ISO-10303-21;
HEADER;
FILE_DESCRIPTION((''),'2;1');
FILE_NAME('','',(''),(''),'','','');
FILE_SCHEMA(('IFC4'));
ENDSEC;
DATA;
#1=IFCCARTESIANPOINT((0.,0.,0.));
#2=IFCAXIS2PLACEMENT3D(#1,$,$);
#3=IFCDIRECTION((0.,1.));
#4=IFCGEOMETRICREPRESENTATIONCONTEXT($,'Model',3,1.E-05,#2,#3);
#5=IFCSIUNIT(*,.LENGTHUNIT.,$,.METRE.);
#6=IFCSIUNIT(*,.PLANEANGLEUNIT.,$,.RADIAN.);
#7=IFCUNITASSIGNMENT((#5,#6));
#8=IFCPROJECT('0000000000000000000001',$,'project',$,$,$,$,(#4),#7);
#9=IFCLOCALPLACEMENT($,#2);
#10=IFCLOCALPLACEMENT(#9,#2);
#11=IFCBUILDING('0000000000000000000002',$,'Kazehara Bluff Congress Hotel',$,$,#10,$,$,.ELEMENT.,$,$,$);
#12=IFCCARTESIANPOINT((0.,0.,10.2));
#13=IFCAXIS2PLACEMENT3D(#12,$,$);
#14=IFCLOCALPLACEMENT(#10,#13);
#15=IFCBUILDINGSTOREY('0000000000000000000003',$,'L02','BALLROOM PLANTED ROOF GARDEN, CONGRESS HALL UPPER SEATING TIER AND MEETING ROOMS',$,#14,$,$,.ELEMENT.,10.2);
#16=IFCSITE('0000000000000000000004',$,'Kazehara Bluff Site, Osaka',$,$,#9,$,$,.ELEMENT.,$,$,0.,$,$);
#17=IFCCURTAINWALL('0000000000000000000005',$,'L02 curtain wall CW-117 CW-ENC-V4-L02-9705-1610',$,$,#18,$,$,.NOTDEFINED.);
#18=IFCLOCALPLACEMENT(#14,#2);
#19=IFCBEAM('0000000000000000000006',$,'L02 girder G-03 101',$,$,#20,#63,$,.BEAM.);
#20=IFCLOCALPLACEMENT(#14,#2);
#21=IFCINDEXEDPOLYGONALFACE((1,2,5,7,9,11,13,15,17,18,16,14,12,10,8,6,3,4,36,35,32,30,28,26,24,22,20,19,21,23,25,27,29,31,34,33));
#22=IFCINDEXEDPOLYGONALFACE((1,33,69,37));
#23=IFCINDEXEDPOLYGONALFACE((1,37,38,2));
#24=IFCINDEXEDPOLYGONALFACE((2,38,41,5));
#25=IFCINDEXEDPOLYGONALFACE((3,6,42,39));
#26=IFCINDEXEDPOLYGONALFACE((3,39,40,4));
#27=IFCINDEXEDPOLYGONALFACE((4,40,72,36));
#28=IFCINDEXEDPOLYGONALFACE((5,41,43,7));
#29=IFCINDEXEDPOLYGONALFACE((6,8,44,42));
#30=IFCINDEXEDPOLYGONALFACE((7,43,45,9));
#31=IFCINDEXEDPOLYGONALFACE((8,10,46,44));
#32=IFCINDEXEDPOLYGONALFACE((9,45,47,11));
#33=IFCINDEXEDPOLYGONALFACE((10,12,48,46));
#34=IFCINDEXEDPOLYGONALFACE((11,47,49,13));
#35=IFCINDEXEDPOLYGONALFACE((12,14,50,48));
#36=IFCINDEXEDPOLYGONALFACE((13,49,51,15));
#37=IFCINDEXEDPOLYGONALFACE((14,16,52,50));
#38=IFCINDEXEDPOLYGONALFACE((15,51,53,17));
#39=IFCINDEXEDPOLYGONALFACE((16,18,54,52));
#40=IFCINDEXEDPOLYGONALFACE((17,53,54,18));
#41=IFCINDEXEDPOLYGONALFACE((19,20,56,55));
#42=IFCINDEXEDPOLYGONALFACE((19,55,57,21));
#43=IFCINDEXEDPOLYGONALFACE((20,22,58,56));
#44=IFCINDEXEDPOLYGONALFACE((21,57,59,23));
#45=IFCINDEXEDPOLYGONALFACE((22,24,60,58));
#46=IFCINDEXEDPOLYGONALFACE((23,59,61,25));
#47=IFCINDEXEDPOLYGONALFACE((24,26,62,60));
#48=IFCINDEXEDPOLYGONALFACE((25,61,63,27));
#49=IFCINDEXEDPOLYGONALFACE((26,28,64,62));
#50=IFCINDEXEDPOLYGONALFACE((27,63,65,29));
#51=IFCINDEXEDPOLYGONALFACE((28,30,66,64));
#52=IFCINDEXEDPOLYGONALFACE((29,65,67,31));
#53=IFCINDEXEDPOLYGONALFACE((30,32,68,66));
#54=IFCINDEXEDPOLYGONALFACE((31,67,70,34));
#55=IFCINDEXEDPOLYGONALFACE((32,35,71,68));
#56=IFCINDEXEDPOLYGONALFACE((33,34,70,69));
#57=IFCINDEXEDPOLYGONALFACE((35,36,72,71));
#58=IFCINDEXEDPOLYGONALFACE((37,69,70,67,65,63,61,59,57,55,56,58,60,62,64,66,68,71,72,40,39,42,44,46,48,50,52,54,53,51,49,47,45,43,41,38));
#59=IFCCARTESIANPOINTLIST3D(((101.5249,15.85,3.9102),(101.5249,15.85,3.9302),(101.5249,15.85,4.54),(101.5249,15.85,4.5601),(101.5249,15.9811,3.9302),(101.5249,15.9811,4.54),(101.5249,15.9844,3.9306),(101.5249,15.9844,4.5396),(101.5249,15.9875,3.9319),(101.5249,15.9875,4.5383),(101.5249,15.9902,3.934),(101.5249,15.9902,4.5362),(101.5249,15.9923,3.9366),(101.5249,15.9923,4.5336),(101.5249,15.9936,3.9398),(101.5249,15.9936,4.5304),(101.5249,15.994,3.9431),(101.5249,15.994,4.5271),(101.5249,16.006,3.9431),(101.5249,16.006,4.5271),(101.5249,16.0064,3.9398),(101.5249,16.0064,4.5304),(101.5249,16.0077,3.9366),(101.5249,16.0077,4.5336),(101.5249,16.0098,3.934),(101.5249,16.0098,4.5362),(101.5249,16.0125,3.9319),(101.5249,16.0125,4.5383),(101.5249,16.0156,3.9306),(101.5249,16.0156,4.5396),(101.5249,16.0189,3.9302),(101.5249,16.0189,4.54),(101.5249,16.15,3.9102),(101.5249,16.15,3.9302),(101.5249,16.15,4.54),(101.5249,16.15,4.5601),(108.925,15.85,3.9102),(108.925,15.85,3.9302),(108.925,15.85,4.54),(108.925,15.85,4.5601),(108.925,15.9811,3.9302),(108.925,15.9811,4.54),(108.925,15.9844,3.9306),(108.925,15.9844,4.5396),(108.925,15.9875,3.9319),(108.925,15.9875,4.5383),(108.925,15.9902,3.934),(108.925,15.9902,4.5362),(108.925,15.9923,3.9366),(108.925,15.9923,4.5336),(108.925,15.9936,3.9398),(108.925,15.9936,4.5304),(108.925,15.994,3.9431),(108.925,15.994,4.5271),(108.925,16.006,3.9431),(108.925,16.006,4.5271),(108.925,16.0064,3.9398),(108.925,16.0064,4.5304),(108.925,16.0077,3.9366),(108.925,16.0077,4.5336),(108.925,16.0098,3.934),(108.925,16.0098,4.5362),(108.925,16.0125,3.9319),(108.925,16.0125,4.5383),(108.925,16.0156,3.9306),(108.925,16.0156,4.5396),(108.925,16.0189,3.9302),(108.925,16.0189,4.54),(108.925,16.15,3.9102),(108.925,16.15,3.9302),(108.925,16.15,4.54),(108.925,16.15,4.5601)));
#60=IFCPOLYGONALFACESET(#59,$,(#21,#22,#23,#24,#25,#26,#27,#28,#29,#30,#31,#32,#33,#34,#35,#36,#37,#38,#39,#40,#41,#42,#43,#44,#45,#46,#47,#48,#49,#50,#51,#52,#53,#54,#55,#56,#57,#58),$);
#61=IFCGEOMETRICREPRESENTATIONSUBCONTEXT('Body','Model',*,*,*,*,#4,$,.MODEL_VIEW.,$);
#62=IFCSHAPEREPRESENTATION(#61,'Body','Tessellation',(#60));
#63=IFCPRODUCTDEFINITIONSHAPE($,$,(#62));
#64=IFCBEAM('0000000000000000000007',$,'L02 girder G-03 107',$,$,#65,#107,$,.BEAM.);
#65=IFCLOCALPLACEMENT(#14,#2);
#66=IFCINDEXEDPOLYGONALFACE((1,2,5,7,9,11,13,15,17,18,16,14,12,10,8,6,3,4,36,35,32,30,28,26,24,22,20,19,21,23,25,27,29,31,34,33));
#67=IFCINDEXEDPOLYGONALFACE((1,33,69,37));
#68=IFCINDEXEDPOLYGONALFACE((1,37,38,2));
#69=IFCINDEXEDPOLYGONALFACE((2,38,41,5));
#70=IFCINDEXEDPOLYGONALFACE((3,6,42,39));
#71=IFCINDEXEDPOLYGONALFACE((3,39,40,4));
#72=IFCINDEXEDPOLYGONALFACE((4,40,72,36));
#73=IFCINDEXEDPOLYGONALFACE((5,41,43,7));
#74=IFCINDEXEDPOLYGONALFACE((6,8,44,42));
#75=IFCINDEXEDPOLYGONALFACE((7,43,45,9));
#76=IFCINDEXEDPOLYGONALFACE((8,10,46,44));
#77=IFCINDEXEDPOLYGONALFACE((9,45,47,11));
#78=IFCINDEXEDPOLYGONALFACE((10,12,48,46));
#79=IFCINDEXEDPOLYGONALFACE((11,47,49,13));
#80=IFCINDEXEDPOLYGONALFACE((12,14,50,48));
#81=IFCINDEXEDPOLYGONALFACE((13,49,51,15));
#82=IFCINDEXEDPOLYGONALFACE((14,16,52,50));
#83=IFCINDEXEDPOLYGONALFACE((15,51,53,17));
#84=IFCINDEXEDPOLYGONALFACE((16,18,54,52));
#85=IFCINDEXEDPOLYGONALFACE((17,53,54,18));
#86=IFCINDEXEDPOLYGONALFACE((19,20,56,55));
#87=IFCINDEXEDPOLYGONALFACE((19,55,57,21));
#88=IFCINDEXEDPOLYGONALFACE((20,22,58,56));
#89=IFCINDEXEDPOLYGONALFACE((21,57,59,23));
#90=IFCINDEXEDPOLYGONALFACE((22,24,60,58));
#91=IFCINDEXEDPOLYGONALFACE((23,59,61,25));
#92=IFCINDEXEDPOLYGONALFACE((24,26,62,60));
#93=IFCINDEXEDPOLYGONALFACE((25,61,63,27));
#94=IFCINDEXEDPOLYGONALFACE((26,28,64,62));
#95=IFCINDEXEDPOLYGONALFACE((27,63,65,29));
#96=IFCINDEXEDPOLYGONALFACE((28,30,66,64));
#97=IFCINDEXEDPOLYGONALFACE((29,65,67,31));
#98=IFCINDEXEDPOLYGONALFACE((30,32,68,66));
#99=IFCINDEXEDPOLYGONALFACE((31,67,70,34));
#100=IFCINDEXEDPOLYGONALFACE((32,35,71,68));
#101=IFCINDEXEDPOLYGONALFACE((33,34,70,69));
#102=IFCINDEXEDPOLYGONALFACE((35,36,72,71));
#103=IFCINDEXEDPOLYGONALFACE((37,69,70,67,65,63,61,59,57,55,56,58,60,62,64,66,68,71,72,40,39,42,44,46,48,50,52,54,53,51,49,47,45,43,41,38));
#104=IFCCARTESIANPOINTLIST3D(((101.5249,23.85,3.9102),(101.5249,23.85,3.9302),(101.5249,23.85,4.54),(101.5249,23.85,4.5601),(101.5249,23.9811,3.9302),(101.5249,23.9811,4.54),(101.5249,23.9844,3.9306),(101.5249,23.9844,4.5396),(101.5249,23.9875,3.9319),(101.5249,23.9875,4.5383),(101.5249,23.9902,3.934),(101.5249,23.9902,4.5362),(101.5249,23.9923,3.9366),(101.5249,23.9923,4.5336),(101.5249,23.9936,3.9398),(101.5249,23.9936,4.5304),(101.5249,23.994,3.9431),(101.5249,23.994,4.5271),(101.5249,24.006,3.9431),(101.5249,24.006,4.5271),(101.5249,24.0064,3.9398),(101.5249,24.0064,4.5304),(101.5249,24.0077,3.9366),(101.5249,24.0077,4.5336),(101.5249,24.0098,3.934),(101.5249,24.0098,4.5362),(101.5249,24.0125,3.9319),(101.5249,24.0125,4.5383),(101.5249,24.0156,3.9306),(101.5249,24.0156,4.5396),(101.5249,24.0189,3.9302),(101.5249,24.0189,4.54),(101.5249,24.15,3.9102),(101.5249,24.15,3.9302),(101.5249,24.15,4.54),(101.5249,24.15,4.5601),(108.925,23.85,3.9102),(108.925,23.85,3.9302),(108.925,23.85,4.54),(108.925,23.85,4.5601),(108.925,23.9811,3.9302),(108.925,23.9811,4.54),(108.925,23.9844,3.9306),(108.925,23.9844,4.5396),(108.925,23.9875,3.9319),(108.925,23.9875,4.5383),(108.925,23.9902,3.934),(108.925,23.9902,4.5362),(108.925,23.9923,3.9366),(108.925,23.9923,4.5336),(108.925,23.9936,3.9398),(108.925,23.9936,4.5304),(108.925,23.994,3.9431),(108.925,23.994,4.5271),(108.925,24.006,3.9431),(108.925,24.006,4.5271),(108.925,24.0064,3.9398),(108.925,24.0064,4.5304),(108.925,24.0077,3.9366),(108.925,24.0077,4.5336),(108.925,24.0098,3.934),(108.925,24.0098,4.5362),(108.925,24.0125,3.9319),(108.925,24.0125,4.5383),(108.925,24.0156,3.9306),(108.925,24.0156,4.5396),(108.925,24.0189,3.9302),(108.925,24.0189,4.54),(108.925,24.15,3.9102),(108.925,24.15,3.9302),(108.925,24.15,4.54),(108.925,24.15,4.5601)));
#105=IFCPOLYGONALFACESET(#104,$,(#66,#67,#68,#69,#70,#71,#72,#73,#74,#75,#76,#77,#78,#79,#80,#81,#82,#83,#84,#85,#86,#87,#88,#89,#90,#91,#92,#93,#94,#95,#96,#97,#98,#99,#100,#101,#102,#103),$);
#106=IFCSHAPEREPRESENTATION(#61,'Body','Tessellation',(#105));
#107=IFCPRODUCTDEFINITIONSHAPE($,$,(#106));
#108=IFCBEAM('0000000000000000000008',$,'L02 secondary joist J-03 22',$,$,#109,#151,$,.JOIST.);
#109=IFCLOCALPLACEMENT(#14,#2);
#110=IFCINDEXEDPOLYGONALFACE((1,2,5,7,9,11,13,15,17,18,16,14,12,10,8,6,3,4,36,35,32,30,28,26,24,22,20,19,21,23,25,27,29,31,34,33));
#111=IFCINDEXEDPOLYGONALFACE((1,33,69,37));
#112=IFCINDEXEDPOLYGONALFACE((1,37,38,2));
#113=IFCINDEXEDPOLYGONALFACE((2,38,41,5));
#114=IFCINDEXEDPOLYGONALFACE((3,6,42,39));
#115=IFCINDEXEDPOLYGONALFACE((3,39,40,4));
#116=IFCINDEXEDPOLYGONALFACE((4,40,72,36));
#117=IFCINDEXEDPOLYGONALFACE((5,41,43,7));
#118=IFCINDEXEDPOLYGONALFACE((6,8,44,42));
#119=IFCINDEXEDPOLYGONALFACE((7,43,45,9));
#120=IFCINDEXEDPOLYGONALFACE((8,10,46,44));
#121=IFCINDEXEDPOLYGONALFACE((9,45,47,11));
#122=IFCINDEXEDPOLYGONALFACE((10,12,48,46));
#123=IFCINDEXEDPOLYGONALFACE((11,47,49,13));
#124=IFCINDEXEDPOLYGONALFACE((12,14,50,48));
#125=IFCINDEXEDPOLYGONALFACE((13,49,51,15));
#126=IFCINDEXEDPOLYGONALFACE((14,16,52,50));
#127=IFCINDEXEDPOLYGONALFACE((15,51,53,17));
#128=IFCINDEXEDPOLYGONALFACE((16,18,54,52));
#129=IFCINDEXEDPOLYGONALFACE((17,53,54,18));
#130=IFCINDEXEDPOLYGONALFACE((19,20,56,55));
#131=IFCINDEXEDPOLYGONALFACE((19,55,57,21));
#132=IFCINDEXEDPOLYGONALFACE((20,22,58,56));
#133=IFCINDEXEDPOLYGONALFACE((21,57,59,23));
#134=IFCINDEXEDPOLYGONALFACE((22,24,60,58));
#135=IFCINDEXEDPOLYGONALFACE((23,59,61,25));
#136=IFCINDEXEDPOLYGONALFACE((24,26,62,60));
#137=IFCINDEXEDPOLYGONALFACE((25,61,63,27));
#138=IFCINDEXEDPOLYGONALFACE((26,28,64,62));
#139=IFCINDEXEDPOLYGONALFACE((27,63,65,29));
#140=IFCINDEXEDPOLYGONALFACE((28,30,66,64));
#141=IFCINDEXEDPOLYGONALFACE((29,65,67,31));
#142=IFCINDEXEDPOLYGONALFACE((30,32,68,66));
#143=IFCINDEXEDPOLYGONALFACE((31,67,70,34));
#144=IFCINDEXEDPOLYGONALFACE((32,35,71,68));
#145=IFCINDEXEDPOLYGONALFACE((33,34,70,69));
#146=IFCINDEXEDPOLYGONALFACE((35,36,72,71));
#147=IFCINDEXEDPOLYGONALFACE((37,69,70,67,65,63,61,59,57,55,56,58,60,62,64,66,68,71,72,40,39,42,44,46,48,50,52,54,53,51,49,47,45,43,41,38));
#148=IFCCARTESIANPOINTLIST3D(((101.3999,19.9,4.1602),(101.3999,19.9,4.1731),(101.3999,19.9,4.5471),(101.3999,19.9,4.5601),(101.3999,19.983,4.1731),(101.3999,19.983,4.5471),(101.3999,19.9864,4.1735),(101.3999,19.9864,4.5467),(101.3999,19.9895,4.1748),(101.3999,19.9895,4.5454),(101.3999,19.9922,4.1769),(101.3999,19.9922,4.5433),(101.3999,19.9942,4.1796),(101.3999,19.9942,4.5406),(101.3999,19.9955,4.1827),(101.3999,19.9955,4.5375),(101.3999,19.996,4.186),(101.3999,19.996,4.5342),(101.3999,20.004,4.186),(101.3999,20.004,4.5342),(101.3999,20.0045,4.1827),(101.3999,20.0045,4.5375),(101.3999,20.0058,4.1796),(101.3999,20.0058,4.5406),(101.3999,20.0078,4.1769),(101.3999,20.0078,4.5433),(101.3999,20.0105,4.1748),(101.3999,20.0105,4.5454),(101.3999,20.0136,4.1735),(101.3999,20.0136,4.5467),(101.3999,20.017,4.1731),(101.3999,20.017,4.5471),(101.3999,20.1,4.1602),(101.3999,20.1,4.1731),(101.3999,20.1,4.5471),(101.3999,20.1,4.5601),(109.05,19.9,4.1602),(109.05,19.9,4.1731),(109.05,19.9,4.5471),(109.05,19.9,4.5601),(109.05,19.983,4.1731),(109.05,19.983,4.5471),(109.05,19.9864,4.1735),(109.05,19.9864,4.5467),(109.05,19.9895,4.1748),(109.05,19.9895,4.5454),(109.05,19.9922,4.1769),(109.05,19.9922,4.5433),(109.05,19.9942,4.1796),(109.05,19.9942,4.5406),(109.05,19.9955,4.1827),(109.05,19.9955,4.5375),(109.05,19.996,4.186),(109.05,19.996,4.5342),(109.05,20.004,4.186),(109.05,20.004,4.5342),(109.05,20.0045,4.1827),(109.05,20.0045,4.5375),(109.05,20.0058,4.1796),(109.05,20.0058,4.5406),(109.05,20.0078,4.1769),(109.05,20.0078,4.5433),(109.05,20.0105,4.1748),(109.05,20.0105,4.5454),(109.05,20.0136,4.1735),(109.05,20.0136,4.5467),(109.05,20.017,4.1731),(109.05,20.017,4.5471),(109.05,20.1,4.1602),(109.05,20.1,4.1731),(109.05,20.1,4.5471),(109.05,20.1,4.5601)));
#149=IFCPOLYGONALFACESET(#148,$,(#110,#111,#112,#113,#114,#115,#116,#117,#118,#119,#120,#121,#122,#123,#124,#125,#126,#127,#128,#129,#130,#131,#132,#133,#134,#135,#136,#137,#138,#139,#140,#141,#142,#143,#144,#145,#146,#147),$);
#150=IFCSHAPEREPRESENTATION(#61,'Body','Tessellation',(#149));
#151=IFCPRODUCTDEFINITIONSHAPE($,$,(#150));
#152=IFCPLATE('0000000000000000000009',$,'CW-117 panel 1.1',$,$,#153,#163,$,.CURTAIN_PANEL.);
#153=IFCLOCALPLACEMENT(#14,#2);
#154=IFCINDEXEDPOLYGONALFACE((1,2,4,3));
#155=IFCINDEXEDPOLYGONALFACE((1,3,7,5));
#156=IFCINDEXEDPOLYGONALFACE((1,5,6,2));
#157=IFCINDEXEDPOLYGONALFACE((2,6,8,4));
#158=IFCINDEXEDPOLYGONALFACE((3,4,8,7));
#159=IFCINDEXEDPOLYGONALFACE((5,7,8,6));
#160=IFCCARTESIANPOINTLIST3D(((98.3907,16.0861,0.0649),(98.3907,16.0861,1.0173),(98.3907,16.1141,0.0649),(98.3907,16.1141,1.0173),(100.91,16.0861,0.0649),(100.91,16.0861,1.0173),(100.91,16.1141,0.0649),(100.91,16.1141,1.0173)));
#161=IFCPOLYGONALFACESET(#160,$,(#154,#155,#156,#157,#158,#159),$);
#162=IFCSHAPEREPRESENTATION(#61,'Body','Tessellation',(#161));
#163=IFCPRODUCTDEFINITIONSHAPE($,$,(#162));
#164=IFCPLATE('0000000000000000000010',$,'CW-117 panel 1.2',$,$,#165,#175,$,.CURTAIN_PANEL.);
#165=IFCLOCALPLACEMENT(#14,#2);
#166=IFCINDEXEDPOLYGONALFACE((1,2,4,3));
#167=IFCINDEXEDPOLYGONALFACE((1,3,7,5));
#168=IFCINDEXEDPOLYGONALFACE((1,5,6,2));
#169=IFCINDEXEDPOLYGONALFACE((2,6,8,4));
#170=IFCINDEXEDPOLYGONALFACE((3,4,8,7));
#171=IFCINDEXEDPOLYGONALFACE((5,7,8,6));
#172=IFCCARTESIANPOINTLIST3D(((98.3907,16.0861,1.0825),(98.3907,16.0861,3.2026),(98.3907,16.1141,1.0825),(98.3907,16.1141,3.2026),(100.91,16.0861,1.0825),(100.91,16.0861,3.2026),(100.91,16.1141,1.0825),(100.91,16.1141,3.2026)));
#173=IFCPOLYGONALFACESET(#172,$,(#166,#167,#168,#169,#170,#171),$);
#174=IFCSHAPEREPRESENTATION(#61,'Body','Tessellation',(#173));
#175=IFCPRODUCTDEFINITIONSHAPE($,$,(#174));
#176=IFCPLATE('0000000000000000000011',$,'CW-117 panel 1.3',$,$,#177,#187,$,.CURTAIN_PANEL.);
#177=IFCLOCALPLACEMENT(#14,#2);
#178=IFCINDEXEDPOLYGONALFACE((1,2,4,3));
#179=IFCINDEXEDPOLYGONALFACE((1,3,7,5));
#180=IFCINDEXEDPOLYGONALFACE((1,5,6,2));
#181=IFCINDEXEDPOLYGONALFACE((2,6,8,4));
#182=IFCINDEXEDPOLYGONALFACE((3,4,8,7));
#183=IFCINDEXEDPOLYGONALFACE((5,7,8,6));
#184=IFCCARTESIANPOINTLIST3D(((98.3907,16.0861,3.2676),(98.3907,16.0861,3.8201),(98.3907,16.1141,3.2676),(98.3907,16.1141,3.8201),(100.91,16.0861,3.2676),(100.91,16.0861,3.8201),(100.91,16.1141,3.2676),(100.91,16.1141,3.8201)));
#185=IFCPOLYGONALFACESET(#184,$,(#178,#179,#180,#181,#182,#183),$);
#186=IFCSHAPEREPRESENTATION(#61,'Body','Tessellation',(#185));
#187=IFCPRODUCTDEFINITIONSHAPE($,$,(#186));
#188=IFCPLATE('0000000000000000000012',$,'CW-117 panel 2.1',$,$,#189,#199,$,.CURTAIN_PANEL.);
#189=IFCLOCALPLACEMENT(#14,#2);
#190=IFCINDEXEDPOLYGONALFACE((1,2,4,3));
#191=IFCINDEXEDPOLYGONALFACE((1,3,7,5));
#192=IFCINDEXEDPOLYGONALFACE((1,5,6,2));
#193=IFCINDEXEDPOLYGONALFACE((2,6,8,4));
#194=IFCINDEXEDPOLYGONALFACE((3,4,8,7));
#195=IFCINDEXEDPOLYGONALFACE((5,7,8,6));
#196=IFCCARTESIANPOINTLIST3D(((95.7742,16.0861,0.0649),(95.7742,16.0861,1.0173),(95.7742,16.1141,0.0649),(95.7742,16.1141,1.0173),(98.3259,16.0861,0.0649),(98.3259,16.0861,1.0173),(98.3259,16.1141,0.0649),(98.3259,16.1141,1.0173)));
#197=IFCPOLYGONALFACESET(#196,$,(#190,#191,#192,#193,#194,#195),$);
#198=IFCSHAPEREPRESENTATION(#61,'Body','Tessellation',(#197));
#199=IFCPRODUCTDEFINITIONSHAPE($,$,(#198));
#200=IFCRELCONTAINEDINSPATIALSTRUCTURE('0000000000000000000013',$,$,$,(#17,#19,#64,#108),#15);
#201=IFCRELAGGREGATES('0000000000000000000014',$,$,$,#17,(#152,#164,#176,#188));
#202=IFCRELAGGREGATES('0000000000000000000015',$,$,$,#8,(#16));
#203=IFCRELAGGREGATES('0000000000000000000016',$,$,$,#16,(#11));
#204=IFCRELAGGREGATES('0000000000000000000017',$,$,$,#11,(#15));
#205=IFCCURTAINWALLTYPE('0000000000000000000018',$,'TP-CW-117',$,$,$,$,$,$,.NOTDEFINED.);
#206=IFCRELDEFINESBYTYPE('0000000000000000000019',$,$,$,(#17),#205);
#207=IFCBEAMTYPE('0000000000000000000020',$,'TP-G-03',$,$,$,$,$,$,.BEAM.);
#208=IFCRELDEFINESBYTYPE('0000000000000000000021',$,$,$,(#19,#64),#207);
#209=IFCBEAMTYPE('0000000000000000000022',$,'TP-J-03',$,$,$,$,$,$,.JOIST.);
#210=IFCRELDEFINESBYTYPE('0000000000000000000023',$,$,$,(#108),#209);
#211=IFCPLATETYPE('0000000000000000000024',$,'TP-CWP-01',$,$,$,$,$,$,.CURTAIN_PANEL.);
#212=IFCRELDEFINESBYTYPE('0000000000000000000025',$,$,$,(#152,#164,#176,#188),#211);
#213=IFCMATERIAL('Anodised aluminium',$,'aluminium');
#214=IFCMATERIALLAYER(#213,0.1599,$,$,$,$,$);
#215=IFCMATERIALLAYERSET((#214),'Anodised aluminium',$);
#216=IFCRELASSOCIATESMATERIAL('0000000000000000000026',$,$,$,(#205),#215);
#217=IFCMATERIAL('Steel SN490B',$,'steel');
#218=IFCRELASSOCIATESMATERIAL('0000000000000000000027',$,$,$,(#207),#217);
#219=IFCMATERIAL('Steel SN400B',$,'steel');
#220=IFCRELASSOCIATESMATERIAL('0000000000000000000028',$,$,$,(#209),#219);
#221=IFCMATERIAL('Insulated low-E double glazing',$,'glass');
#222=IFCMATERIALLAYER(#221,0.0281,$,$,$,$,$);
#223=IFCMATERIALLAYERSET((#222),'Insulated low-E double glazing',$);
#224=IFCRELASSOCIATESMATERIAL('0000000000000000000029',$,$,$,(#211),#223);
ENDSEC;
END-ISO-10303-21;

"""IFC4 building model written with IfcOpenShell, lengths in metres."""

from ifc_helpers import new_model, si_unit, direction, frame, origin, origin_2d, place, context, subcontext, project, spatial, rectangle, i_section, extrude, material, layer, layer_set, material_profile, profile_set, type_object, element, aggregate, save


model = new_model("IFC4")

# Units and contexts
model_context = context("Model", 3, precision=1e-05, world=origin(), true_north=direction((0.0, 1.0)))
body_context = subcontext(model_context, "Body", "Model", "MODEL_VIEW")
ifc_project = project(units=[si_unit("LENGTHUNIT", "METRE"), si_unit("PLANEANGLEUNIT", "RADIAN")], contexts=[model_context])

# Site, building, storey
site_placement = place(None, origin())
site = spatial("IfcSite", under=ifc_project, at=site_placement, Name="Kazehara Bluff Site, Osaka", CompositionType="ELEMENT", RefElevation=0.0)
building_placement = place(site_placement, origin())
building = spatial("IfcBuilding", under=site, at=building_placement, Name="Kazehara Bluff Congress Hotel", CompositionType="ELEMENT")
storey_placement = place(building_placement, frame((0.0, 0.0, 10.2)))
storey = spatial("IfcBuildingStorey", under=building, at=storey_placement, Name="L02", Description="BALLROOM PLANTED ROOF GARDEN, CONGRESS HALL UPPER SEATING TIER AND MEETING ROOMS", CompositionType="ELEMENT", Elevation=10.2)

# Curtain wall
ifc_material_1 = material(Name="Anodised aluminium", Category="aluminium")
ifc_layer_1 = layer(ifc_material_1, 0.1599)
ifc_layer_set_1 = layer_set([ifc_layer_1], Name="Anodised aluminium")
curtain_wall_type_1 = type_object("IfcCurtainWallType", Name="TP-CW-117", PredefinedType="NOTDEFINED", material=ifc_layer_set_1)
curtain_wall_1_placement = place(storey_placement, origin())
curtain_wall_1 = element("IfcCurtainWall", 1, at=curtain_wall_1_placement, inside=storey, type_object=curtain_wall_type_1, Name="L02 curtain wall CW-117 CW-ENC-V4-L02-9705-1610", PredefinedType="NOTDEFINED")

# Beams
ifc_material_2 = material(Name="Steel SN490B", Category="steel")
ifc_material_profile_1 = material_profile(ifc_material_2, i_section(OverallWidth=0.3, OverallDepth=0.6499, WebThickness=0.012, FlangeThickness=0.02, FilletRadius=0.0129, at=origin_2d()))
ifc_profile_set_1 = profile_set([ifc_material_profile_1], Name="Steel SN490B")
beam_type_1 = type_object("IfcBeamType", Name="TP-G-03", PredefinedType="BEAM", material=ifc_profile_set_1)
for number, where, z_axis, x_axis, name in (
    (2, (101.5249, 16.0, 4.2351), (1.0, 0.0, 0.0), (0.0, 1.0, 0.0), "L02 girder G-03 101"),
    (3, (101.5249, 24.0, 4.2351), (1.0, 0.0, 0.0), (0.0, 1.0, 0.0), "L02 girder G-03 107"),
):
    element("IfcBeam", number, at=place(storey_placement, frame(where, z_axis=z_axis, x_axis=x_axis)), inside=storey, type_object=beam_type_1, Name=name, PredefinedType="BEAM", context=body_context, shape_type="SweptSolid", body=[
        extrude(i_section(OverallWidth=0.3, OverallDepth=0.6499, WebThickness=0.012, FlangeThickness=0.02, FilletRadius=0.0129, at=origin_2d()), origin(), (0.0, 0.0, 1.0), 7.4001),
    ])
ifc_material_3 = material(Name="Steel SN400B", Category="steel")
ifc_material_profile_2 = material_profile(ifc_material_3, i_section(OverallWidth=0.2, OverallDepth=0.3999, WebThickness=0.0081, FlangeThickness=0.0129, FilletRadius=0.0129, at=origin_2d()))
ifc_profile_set_2 = profile_set([ifc_material_profile_2], Name="Steel SN400B")
beam_type_2 = type_object("IfcBeamType", Name="TP-J-03", PredefinedType="JOIST", material=ifc_profile_set_2)
beam_placement = place(storey_placement, frame((101.3999, 20.0, 4.3601), z_axis=(1.0, 0.0, 0.0), x_axis=(0.0, 1.0, 0.0)))
element("IfcBeam", 4, at=beam_placement, inside=storey, type_object=beam_type_2, Name="L02 secondary joist J-03 22", PredefinedType="JOIST", context=body_context, shape_type="SweptSolid", body=[
    extrude(i_section(OverallWidth=0.2, OverallDepth=0.3999, WebThickness=0.0081, FlangeThickness=0.0129, FilletRadius=0.0129, at=origin_2d()), origin(), (0.0, 0.0, 1.0), 7.6501),
])

# Plates
ifc_material_4 = material(Name="Insulated low-E double glazing", Category="glass")
ifc_layer_2 = layer(ifc_material_4, 0.0281)
ifc_layer_set_2 = layer_set([ifc_layer_2], Name="Insulated low-E double glazing")
plate_type = type_object("IfcPlateType", Name="TP-CWP-01", PredefinedType="CURTAIN_PANEL", material=ifc_layer_set_2)
plate_1_placement = place(storey_placement, frame((99.6504, 16.1001, 0.0649), z_axis=(0.0, 0.0, 1.0), x_axis=(-1.0, 0.0, 0.0)))
plate_1 = element("IfcPlate", 5, at=plate_1_placement, type_object=plate_type, Name="CW-117 panel 1.1", PredefinedType="CURTAIN_PANEL", context=body_context, shape_type="SweptSolid", body=[
    extrude(rectangle(XDim=2.5193, YDim=0.0281, at=origin_2d()), origin(), (0.0, 0.0, 1.0), 0.9524),
])
plate_2_placement = place(storey_placement, frame((99.6504, 16.1001, 1.0825), z_axis=(0.0, 0.0, 1.0), x_axis=(-1.0, 0.0, 0.0)))
plate_2 = element("IfcPlate", 6, at=plate_2_placement, type_object=plate_type, Name="CW-117 panel 1.2", PredefinedType="CURTAIN_PANEL", context=body_context, shape_type="SweptSolid", body=[
    extrude(rectangle(XDim=2.5193, YDim=0.0281, at=origin_2d()), origin(), (0.0, 0.0, 1.0), 2.1201),
])
plate_3_placement = place(storey_placement, frame((99.6504, 16.1001, 3.2676), z_axis=(0.0, 0.0, 1.0), x_axis=(-1.0, 0.0, 0.0)))
plate_3 = element("IfcPlate", 7, at=plate_3_placement, type_object=plate_type, Name="CW-117 panel 1.3", PredefinedType="CURTAIN_PANEL", context=body_context, shape_type="SweptSolid", body=[
    extrude(rectangle(XDim=2.5193, YDim=0.0281, at=origin_2d()), origin(), (0.0, 0.0, 1.0), 0.5525),
])
plate_4_placement = place(storey_placement, frame((97.05, 16.1001, 0.0649), z_axis=(0.0, 0.0, 1.0), x_axis=(-1.0, 0.0, 0.0)))
plate_4 = element("IfcPlate", 8, at=plate_4_placement, type_object=plate_type, Name="CW-117 panel 2.1", PredefinedType="CURTAIN_PANEL", context=body_context, shape_type="SweptSolid", body=[
    extrude(rectangle(XDim=2.5518, YDim=0.0281, at=origin_2d()), origin(), (0.0, 0.0, 1.0), 0.9524),
])
aggregate(curtain_wall_1, [plate_1, plate_2, plate_3, plate_4])

save(model, "model.ifc")
